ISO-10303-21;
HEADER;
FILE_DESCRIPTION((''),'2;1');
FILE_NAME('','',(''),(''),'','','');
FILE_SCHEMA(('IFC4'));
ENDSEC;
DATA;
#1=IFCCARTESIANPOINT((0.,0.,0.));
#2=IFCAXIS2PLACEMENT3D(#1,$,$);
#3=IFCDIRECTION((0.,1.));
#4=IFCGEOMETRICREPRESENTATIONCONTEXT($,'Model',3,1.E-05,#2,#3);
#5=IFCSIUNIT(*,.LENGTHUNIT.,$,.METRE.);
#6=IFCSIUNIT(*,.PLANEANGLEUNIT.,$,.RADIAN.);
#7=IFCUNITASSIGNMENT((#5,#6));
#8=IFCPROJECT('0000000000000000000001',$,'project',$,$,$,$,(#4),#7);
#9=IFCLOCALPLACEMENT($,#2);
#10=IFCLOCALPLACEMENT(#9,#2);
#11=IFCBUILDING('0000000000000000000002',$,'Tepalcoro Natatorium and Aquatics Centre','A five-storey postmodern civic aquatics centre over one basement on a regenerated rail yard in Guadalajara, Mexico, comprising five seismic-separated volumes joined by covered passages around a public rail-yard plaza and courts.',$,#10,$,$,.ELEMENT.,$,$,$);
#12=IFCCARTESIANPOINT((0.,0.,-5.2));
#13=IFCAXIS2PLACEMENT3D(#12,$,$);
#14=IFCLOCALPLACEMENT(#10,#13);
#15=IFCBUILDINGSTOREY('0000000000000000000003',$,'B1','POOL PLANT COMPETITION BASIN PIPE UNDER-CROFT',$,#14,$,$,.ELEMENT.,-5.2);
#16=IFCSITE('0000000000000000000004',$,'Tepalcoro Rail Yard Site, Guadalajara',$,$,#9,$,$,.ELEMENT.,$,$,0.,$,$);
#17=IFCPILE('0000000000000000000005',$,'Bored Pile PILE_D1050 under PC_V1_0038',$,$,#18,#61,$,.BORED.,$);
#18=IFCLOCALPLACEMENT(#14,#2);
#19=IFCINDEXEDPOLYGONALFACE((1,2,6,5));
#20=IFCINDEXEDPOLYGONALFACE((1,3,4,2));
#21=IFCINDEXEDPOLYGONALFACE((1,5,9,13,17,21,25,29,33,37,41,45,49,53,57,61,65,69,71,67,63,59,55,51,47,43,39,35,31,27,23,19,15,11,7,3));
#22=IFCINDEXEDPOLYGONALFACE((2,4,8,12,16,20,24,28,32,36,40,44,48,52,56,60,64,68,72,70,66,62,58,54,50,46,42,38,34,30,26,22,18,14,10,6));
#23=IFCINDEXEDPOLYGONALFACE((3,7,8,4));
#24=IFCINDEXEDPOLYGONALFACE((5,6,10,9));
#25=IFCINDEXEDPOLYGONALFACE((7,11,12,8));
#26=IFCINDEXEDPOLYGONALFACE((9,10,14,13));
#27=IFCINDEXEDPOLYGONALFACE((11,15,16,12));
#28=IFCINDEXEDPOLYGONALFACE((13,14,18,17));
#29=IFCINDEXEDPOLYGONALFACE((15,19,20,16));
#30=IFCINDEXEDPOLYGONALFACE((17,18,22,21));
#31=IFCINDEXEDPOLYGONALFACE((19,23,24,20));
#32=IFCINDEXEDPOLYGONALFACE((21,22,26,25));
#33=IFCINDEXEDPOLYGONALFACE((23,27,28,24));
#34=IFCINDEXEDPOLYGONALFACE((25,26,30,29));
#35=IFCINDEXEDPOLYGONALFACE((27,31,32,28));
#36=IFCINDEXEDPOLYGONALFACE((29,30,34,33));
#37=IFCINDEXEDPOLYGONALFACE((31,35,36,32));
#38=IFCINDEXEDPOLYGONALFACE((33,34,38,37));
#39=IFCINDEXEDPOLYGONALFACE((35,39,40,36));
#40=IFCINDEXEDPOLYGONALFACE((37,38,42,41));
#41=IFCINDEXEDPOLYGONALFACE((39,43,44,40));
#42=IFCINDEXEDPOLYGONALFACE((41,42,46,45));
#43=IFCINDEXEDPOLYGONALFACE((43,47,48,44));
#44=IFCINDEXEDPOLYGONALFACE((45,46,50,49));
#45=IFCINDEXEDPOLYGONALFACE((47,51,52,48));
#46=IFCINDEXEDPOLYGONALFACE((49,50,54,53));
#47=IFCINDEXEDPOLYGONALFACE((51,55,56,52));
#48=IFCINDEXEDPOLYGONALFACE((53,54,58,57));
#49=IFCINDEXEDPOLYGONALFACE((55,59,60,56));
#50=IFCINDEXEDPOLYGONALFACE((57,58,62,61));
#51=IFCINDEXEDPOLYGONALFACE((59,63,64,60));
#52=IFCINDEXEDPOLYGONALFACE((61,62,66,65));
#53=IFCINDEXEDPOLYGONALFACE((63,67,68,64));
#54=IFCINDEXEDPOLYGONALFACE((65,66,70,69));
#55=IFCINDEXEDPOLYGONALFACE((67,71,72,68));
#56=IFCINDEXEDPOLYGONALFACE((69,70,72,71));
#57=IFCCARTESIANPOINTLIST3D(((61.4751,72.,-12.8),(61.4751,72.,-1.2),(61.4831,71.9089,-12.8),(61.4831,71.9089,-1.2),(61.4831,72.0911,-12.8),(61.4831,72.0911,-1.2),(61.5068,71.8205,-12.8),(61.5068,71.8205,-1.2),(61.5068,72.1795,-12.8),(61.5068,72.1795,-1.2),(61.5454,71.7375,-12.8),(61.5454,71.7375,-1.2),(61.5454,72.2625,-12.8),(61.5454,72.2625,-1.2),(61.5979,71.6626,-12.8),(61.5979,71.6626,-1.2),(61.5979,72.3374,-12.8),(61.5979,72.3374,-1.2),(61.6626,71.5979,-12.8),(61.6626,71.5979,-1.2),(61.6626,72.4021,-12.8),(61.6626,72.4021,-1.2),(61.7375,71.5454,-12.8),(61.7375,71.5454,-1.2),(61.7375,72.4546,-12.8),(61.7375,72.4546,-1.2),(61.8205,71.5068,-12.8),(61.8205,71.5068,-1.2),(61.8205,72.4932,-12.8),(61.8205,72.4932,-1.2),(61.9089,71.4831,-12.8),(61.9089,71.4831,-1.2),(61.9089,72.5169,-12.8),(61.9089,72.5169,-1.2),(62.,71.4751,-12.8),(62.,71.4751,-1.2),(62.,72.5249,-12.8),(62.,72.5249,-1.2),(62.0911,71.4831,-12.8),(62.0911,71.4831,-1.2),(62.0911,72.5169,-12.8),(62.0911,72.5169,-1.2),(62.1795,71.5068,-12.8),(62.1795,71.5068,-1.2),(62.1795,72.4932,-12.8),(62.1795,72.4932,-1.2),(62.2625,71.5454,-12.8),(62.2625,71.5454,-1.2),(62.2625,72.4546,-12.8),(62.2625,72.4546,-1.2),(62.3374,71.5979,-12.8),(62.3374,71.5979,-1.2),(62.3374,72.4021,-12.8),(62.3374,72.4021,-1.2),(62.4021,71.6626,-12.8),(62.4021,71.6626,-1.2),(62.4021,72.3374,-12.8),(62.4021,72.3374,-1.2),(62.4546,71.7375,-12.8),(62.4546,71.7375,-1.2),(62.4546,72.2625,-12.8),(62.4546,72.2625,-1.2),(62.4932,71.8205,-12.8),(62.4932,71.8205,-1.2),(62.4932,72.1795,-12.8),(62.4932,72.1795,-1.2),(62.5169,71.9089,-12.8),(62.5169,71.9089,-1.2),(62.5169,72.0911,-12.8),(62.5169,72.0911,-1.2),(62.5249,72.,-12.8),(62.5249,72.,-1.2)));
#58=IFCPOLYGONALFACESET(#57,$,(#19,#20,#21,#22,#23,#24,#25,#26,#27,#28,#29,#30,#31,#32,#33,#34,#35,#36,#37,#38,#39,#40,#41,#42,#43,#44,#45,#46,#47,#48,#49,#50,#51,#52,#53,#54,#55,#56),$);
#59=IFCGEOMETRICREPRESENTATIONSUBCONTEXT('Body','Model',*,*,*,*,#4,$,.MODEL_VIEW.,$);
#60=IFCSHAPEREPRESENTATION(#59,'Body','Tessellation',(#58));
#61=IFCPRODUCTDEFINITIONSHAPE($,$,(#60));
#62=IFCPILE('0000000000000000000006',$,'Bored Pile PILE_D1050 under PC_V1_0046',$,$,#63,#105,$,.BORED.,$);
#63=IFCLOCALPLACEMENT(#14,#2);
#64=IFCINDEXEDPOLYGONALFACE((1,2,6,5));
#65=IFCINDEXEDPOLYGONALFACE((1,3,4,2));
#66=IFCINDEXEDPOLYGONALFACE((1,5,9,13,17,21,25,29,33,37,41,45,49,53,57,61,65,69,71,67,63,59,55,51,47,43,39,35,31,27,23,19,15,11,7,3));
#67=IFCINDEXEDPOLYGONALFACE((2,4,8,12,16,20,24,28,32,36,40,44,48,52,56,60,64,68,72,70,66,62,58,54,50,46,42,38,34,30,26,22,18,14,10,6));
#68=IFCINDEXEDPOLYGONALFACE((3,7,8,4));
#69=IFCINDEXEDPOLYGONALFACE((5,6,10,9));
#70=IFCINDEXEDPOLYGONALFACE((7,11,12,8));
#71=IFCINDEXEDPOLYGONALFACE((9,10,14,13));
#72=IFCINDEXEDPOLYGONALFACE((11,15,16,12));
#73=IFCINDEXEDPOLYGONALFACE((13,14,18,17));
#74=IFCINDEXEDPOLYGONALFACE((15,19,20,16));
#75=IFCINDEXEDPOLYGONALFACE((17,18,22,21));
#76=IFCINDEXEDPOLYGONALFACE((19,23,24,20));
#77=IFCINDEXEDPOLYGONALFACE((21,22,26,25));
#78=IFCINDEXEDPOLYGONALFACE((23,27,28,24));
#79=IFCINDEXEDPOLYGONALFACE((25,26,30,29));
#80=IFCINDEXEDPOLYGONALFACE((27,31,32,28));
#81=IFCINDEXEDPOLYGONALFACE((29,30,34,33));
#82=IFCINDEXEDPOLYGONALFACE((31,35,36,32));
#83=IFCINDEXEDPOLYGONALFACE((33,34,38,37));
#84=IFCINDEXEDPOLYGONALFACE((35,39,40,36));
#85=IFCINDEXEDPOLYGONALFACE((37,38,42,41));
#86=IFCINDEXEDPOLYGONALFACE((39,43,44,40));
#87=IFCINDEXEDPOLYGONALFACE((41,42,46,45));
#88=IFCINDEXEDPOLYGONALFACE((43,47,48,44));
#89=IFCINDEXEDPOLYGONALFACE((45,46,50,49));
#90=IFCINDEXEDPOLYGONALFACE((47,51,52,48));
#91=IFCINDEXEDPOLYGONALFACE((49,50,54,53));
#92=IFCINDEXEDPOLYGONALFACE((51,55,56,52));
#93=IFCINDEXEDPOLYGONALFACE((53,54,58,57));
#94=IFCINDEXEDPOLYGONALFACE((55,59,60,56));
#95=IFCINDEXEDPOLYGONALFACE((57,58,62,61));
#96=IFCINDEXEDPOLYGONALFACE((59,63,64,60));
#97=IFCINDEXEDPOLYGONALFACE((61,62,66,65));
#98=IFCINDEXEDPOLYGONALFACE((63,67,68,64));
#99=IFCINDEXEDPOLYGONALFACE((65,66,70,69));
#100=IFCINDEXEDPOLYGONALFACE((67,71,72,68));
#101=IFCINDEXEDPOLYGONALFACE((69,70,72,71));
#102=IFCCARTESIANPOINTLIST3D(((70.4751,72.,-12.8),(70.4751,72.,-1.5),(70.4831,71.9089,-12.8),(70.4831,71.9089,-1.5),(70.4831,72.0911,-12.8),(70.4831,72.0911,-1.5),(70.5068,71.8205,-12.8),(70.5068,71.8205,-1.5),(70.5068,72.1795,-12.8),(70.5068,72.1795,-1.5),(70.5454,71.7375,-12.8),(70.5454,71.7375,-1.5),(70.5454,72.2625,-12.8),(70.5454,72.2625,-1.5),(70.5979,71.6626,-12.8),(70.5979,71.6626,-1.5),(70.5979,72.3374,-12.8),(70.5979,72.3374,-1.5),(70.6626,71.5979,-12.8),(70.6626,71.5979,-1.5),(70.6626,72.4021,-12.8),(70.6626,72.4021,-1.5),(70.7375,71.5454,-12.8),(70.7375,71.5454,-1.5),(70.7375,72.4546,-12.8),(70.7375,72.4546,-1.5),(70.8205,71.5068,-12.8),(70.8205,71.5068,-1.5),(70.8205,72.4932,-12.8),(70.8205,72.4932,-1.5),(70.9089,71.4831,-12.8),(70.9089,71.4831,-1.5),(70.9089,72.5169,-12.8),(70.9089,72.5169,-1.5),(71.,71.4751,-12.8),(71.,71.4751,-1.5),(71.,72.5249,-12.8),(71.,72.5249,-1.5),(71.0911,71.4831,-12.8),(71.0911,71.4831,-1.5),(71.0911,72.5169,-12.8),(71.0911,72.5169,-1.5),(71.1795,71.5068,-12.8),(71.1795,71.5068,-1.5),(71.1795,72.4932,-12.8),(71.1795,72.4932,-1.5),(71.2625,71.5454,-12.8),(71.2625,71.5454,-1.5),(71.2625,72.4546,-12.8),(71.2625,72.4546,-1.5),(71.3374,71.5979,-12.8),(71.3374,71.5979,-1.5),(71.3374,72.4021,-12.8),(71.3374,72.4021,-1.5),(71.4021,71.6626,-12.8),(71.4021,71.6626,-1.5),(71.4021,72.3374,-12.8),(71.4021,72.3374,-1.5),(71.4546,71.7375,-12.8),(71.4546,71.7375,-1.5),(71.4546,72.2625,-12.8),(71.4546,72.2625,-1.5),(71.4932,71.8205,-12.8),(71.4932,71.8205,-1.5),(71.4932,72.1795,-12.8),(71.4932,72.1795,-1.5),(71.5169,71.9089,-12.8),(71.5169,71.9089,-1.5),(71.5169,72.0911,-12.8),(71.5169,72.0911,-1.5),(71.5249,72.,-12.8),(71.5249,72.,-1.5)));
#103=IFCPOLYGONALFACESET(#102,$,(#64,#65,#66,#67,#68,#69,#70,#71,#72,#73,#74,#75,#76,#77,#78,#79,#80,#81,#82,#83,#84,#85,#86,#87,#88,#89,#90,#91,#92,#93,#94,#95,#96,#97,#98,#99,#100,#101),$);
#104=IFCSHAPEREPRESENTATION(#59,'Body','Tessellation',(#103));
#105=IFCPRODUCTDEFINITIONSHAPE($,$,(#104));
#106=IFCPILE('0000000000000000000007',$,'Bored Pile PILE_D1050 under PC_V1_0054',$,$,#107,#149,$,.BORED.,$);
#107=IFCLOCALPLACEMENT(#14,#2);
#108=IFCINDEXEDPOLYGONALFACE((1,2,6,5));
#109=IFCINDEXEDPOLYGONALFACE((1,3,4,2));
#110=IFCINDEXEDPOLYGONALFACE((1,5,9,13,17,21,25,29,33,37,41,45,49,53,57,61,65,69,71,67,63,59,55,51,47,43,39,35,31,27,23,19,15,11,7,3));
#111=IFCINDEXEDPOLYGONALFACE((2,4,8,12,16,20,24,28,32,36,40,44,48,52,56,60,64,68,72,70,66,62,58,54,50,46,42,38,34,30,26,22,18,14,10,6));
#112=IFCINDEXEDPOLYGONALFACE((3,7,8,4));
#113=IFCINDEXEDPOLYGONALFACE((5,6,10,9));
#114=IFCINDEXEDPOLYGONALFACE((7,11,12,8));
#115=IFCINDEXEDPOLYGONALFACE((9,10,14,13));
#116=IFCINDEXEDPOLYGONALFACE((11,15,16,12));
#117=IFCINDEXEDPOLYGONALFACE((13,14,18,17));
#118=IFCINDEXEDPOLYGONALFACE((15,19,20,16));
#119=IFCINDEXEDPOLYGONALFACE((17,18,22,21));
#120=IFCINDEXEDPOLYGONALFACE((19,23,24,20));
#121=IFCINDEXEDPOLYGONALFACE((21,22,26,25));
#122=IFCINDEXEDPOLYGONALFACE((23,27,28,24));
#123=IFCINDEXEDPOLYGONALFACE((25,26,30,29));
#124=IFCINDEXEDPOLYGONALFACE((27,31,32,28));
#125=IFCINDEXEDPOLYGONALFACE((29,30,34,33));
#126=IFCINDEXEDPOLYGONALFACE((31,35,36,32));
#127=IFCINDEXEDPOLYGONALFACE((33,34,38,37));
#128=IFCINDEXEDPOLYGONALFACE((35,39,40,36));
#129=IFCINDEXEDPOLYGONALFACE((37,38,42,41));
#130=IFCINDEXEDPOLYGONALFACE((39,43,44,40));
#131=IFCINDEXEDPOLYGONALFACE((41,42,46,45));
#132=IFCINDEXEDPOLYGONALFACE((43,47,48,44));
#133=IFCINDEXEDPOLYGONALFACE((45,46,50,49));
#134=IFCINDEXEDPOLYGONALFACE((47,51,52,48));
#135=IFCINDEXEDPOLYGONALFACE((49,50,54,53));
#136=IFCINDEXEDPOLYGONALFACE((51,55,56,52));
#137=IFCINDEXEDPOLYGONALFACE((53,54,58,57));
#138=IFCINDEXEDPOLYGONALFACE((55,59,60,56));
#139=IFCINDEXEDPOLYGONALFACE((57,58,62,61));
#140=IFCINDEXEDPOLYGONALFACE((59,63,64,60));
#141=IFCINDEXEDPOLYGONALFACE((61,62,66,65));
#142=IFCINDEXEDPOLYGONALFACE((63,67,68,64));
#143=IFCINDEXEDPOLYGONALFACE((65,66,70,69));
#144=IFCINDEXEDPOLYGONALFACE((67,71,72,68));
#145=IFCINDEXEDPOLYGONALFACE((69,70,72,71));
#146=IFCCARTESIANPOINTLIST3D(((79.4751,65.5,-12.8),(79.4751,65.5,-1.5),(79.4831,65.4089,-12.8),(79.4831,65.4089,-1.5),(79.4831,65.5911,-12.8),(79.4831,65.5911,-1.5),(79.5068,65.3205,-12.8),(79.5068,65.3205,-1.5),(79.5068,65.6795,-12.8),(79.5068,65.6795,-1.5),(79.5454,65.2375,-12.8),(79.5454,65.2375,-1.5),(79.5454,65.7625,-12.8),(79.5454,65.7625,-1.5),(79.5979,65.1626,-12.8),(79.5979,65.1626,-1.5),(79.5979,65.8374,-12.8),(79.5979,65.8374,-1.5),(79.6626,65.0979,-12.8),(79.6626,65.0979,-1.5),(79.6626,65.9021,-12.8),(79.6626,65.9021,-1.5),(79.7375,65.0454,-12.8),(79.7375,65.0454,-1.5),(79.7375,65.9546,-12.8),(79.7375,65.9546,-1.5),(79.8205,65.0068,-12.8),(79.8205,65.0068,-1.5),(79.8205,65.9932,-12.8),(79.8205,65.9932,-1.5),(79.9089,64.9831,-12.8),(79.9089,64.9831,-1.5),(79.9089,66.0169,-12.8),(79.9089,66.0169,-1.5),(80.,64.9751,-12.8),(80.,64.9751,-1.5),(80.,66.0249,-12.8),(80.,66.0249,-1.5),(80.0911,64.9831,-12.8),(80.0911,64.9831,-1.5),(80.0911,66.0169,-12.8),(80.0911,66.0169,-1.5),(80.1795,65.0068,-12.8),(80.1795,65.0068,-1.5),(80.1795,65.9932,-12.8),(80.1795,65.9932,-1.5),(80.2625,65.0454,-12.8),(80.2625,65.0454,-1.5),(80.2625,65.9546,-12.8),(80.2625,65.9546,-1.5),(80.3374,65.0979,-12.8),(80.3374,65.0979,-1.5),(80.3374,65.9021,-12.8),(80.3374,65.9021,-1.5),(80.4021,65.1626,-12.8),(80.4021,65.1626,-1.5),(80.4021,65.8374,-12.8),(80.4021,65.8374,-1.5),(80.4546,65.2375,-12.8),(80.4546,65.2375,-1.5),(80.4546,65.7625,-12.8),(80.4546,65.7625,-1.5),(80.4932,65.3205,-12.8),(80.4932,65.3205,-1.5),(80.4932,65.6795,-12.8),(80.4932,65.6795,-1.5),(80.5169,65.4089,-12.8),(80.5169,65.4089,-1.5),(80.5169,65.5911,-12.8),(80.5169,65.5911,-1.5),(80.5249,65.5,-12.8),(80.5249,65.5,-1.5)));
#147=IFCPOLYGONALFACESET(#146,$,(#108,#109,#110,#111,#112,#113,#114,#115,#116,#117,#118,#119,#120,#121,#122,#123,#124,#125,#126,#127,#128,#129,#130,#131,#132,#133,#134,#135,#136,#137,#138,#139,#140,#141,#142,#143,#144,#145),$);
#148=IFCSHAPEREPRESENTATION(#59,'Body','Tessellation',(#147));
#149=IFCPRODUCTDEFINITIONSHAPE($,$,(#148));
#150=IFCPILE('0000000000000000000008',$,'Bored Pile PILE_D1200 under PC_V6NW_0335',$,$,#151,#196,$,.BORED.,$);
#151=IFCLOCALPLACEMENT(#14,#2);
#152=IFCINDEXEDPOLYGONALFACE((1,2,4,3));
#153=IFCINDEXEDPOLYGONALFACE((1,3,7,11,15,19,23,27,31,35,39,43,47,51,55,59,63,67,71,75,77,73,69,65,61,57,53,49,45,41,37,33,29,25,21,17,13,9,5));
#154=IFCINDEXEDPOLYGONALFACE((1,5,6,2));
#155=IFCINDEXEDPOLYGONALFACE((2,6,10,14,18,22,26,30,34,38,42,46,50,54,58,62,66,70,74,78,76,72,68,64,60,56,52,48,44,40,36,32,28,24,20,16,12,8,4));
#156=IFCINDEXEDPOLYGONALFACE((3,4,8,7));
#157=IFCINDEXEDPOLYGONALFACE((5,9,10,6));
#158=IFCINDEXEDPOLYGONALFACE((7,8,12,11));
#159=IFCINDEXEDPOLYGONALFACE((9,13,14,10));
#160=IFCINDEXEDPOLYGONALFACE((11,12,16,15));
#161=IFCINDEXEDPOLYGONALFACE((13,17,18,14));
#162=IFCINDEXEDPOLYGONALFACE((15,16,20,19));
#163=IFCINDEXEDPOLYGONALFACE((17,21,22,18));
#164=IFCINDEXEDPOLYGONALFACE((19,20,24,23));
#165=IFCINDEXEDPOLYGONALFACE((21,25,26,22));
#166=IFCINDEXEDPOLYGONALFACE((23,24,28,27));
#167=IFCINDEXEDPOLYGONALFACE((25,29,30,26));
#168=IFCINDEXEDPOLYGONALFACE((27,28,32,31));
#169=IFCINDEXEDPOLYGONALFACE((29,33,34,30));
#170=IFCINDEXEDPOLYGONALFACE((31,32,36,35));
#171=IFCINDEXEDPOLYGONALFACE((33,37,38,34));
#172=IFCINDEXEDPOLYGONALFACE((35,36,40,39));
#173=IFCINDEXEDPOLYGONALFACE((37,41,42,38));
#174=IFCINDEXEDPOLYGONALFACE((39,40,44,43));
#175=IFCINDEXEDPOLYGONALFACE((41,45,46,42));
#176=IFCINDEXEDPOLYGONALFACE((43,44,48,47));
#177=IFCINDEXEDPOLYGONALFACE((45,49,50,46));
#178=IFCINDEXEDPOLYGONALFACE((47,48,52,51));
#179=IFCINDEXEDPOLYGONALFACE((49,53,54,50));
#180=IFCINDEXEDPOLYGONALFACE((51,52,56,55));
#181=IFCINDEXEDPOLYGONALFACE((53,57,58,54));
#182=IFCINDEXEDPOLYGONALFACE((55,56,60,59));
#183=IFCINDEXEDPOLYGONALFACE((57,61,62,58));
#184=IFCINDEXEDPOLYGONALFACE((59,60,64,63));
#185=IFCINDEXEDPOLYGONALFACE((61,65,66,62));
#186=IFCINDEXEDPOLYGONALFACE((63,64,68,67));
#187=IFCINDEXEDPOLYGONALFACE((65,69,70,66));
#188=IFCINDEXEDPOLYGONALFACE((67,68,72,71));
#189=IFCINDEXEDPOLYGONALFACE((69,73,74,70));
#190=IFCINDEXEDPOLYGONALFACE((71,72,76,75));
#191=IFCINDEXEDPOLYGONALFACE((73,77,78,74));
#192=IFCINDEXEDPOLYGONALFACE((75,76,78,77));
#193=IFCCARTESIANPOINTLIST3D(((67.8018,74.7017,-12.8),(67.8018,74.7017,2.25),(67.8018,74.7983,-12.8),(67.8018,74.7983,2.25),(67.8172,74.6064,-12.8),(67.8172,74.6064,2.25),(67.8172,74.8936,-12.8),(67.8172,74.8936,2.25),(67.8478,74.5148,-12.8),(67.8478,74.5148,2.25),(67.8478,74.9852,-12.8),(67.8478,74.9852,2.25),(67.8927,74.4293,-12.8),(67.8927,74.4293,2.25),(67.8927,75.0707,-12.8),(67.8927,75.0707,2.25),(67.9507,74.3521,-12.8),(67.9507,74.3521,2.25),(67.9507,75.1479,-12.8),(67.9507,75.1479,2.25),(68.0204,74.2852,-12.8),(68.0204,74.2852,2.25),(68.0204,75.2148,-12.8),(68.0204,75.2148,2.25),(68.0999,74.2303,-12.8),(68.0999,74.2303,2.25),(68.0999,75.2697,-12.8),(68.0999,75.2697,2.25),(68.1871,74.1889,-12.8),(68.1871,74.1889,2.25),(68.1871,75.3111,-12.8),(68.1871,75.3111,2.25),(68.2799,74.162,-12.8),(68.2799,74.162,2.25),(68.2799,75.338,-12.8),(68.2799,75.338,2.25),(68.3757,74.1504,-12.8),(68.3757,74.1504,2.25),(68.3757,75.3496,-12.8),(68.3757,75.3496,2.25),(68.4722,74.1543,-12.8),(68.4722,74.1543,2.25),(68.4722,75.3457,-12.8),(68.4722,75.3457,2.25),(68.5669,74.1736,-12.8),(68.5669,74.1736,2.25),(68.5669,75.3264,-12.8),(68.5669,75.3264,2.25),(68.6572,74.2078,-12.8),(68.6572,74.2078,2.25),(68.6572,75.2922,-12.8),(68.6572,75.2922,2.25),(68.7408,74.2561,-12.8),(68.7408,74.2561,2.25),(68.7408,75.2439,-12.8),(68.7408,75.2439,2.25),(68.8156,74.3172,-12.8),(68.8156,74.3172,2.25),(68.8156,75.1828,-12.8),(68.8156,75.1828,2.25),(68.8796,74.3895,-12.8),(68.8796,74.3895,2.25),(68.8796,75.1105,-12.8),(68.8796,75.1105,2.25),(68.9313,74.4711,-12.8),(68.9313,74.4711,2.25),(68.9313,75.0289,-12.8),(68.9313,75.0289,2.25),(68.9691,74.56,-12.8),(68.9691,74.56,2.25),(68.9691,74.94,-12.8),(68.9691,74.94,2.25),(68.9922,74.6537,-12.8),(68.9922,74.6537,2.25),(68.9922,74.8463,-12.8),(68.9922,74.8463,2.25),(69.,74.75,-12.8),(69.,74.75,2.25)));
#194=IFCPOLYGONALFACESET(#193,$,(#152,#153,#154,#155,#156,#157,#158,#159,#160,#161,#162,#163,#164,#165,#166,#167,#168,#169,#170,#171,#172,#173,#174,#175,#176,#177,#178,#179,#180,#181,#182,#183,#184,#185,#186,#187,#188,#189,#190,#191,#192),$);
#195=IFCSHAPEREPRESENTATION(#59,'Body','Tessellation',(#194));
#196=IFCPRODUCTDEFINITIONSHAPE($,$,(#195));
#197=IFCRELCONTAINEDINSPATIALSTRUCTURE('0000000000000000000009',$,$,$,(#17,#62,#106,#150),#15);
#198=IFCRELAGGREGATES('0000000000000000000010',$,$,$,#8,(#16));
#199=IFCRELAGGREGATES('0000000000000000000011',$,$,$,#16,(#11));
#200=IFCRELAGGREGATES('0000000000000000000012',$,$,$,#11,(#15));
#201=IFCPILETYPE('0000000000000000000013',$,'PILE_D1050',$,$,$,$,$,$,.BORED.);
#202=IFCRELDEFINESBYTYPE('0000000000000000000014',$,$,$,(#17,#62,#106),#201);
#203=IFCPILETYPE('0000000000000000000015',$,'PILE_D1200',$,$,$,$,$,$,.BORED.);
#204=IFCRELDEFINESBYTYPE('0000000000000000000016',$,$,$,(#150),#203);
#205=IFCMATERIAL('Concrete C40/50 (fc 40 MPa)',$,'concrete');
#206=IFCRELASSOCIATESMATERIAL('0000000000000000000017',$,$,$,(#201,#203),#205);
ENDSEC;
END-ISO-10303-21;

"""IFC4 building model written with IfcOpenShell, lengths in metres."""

from ifc_helpers import new_model, si_unit, direction, frame, origin, origin_2d, place, context, subcontext, project, spatial, circle, extrude, material, material_profile, profile_set, type_object, element, save


model = new_model("IFC4")

# Units and contexts
model_context = context("Model", 3, precision=1e-05, world=origin(), true_north=direction((0.0, 1.0)))
body_context = subcontext(model_context, "Body", "Model", "MODEL_VIEW")
ifc_project = project(units=[si_unit("LENGTHUNIT", "METRE"), si_unit("PLANEANGLEUNIT", "RADIAN")], contexts=[model_context])

# Site, building, storey
site_placement = place(None, origin())
site = spatial("IfcSite", under=ifc_project, at=site_placement, Name="Tepalcoro Rail Yard Site, Guadalajara", CompositionType="ELEMENT", RefElevation=0.0)
building_placement = place(site_placement, origin())
building = spatial("IfcBuilding", under=site, at=building_placement, Name="Tepalcoro Natatorium and Aquatics Centre", Description="A five-storey postmodern civic aquatics centre over one basement on a regenerated rail yard in Guadalajara, Mexico, comprising five seismic-separated volumes joined by covered passages around a public rail-yard plaza and courts.", CompositionType="ELEMENT")
storey_placement = place(building_placement, frame((0.0, 0.0, -5.2)))
storey = spatial("IfcBuildingStorey", under=building, at=storey_placement, Name="B1", Description="POOL PLANT COMPETITION BASIN PIPE UNDER-CROFT", CompositionType="ELEMENT", Elevation=-5.2)

# Piles
ifc_material = material(Name="Concrete C40/50 (fc 40 MPa)", Category="concrete")
ifc_material_profile_1 = material_profile(ifc_material, circle(Radius=0.5249, at=origin_2d()), Name="PILE_D1050")
ifc_profile_set_1 = profile_set([ifc_material_profile_1], Name="Concrete C40/50 (fc 40 MPa)")
pile_type_1 = type_object("IfcPileType", Name="PILE_D1050", PredefinedType="BORED", material=ifc_profile_set_1)
pile_1_placement = place(storey_placement, frame((62.0, 72.0, -1.2), z_axis=(0.0, 0.0, -1.0), x_axis=(1.0, 0.0, 0.0)))
element("IfcPile", 1, at=pile_1_placement, inside=storey, type_object=pile_type_1, Name="Bored Pile PILE_D1050 under PC_V1_0038", PredefinedType="BORED", context=body_context, shape_type="SweptSolid", body=[
    extrude(circle(Radius=0.5249, at=origin_2d()), origin(), (0.0, 0.0, 1.0), 11.6001),
])
for number, where, z_axis, x_axis, name in (
    (2, (71.0, 72.0, -1.5), (0.0, 0.0, -1.0), (1.0, 0.0, 0.0), "Bored Pile PILE_D1050 under PC_V1_0046"),
    (3, (80.0, 65.5, -1.5), (0.0, 0.0, -1.0), (1.0, 0.0, 0.0), "Bored Pile PILE_D1050 under PC_V1_0054"),
):
    element("IfcPile", number, at=place(storey_placement, frame(where, z_axis=z_axis, x_axis=x_axis)), inside=storey, type_object=pile_type_1, Name=name, PredefinedType="BORED", context=body_context, shape_type="SweptSolid", body=[
        extrude(circle(Radius=0.5249, at=origin_2d()), origin(), (0.0, 0.0, 1.0), 11.3),
    ])
ifc_material_profile_2 = material_profile(ifc_material, circle(Radius=0.6001, at=origin_2d()), Name="PILE_D1200")
ifc_profile_set_2 = profile_set([ifc_material_profile_2], Name="Concrete C40/50 (fc 40 MPa)")
pile_type_2 = type_object("IfcPileType", Name="PILE_D1200", PredefinedType="BORED", material=ifc_profile_set_2)
pile_2_placement = place(storey_placement, frame((68.3999, 74.75, 2.25), z_axis=(0.0, 0.0, -1.0), x_axis=(1.0, 0.0, 0.0)))
element("IfcPile", 4, at=pile_2_placement, inside=storey, type_object=pile_type_2, Name="Bored Pile PILE_D1200 under PC_V6NW_0335", PredefinedType="BORED", context=body_context, shape_type="SweptSolid", body=[
    extrude(circle(Radius=0.6001, at=origin_2d()), origin(), (0.0, 0.0, 1.0), 15.05),
])

save(model, "model.ifc")
